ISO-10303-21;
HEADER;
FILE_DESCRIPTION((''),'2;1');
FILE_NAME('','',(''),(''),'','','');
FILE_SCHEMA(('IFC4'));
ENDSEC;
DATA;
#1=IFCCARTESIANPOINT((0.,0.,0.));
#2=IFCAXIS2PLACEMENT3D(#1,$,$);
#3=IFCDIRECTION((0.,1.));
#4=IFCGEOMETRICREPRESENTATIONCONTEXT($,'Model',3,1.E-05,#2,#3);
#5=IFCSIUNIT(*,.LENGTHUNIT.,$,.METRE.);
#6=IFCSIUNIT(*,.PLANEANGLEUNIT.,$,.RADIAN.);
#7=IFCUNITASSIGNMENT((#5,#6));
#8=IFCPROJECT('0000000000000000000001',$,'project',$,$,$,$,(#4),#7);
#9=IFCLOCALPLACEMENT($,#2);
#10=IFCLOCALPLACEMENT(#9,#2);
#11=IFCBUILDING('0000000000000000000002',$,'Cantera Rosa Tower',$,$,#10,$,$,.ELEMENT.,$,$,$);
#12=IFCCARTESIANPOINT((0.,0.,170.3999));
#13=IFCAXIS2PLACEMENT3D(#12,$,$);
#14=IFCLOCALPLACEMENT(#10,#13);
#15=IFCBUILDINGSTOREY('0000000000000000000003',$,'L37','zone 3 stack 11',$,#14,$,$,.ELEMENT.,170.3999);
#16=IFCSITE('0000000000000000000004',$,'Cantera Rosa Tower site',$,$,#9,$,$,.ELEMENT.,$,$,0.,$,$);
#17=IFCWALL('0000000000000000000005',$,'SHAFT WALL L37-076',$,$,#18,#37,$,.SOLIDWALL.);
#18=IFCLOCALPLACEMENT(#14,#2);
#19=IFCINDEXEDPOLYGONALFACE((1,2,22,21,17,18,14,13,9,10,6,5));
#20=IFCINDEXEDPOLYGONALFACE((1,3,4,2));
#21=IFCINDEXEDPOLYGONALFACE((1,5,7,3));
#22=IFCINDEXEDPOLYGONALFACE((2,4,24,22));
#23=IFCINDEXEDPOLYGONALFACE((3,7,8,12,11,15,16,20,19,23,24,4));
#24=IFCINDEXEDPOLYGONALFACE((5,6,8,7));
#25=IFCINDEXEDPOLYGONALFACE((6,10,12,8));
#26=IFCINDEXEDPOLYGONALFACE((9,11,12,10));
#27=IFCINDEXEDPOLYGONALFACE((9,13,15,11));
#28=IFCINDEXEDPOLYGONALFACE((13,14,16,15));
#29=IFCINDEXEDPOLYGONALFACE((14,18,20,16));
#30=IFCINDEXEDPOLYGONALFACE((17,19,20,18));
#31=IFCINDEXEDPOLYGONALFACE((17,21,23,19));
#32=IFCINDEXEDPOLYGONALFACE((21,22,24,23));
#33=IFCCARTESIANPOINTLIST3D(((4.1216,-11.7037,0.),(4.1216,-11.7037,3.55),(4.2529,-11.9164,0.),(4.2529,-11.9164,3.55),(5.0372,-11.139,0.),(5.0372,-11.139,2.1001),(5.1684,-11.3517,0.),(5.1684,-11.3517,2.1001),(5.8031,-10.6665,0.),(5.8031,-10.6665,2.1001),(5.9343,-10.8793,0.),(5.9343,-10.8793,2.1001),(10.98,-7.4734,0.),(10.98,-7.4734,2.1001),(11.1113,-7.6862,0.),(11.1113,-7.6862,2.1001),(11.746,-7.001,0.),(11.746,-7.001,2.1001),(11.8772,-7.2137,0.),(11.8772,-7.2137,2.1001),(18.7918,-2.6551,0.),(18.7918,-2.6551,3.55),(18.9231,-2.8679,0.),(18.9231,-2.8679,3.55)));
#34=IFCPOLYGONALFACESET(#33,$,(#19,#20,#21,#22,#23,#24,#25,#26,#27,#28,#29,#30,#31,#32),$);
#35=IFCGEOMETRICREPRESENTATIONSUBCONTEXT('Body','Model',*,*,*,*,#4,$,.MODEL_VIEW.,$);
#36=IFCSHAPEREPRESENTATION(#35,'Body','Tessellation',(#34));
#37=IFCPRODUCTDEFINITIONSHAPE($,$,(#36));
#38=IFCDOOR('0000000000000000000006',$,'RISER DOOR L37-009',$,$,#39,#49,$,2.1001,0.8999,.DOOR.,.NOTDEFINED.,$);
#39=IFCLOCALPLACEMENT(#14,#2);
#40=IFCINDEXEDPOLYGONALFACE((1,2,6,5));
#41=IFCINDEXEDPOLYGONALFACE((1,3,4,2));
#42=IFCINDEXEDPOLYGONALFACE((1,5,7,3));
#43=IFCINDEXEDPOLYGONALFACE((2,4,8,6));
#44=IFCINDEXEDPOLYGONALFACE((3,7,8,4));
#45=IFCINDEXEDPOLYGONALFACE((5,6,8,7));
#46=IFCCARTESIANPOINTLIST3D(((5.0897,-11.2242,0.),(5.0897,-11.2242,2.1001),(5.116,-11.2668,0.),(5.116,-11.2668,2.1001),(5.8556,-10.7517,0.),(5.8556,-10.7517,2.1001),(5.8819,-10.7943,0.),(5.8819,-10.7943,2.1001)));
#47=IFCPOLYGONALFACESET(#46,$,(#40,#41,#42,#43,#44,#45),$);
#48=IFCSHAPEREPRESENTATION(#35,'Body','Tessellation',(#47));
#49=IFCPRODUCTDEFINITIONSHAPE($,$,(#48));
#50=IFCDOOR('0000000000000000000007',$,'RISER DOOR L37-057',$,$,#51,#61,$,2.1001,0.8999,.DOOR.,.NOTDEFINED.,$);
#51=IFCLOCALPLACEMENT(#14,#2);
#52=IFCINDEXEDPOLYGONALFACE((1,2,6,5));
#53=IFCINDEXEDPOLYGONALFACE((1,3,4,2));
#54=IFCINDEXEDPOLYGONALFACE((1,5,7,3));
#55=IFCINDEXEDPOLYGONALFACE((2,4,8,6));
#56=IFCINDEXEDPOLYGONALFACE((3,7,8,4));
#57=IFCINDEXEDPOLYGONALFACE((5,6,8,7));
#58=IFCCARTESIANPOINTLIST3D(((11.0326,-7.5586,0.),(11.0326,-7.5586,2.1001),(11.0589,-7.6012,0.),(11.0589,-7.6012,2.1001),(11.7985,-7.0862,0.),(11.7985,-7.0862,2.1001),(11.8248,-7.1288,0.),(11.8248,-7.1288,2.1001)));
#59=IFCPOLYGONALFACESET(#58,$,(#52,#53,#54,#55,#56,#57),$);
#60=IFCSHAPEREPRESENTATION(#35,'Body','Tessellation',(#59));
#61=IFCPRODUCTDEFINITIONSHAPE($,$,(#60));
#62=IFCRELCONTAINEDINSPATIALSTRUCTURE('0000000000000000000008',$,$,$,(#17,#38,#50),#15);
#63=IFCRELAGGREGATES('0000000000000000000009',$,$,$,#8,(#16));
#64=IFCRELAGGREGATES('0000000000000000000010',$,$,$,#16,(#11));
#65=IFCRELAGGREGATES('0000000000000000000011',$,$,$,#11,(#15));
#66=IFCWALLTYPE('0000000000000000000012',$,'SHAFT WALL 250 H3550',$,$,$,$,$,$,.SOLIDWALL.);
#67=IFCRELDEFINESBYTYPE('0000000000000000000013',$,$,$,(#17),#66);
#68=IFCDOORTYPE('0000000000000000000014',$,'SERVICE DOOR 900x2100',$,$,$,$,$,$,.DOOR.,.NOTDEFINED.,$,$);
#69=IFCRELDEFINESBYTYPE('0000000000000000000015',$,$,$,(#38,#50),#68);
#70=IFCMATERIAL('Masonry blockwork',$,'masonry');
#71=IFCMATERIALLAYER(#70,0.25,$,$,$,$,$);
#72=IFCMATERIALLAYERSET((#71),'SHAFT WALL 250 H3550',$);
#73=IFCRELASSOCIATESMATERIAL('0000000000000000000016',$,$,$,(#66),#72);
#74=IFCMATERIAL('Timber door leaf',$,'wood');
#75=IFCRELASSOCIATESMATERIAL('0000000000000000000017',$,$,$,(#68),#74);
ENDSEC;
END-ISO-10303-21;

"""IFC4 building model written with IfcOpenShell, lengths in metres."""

from ifc_helpers import new_model, si_unit, direction, frame, frame_2d, origin, place, context, subcontext, project, spatial, rectangle, extrude, material, layer, layer_set, type_object, element, fill, save


model = new_model("IFC4")

# Units and contexts
model_context = context("Model", 3, precision=1e-05, world=origin(), true_north=direction((0.0, 1.0)))
body_context = subcontext(model_context, "Body", "Model", "MODEL_VIEW")
ifc_project = project(units=[si_unit("LENGTHUNIT", "METRE"), si_unit("PLANEANGLEUNIT", "RADIAN")], contexts=[model_context])

# Site, building, storey
site_placement = place(None, origin())
site = spatial("IfcSite", under=ifc_project, at=site_placement, Name="Cantera Rosa Tower site", CompositionType="ELEMENT", RefElevation=0.0)
building_placement = place(site_placement, origin())
building = spatial("IfcBuilding", under=site, at=building_placement, Name="Cantera Rosa Tower", CompositionType="ELEMENT")
storey_placement = place(building_placement, frame((0.0, 0.0, 170.3999)))
storey = spatial("IfcBuildingStorey", under=building, at=storey_placement, Name="L37", Description="zone 3 stack 11", CompositionType="ELEMENT", Elevation=170.3999)

# Shared definitions
ifc_material_1 = material(Name="Masonry blockwork", Category="masonry")
ifc_layer_1 = layer(ifc_material_1, 0.25)
ifc_layer_set_1 = layer_set([ifc_layer_1], Name="SHAFT WALL 250 H3550")
wall_type_1 = type_object("IfcWallType", Name="SHAFT WALL 250 H3550", PredefinedType="SOLIDWALL", material=ifc_layer_set_1)

# Wall, openings, doors
wall_1_placement = place(storey_placement, frame((4.1873, -11.8101, 0.0), z_axis=(0.0, 0.0, 1.0), x_axis=(0.85112, 0.524972, 0.0)))
wall_1 = element("IfcWall", 1, at=wall_1_placement, inside=storey, type_object=wall_type_1, Name="SHAFT WALL L37-076", PredefinedType="SOLIDWALL", context=body_context, shape_type="SweptSolid", body=[
    extrude(rectangle(XDim=17.2363, YDim=0.25, at=frame_2d((8.6182, 0.0))), origin(), (0.0, 0.0, 1.0), 3.55),
])
opening_1_placement = place(wall_1_placement, frame((1.0757, 0.0, 0.0)))
opening_1 = element("IfcOpeningElement", 2, at=opening_1_placement, cuts=wall_1, PredefinedType="OPENING", context=body_context, shape_type="SweptSolid", body=[
    extrude(rectangle(XDim=0.8999, YDim=2.1001, at=frame_2d((0.45, 1.05))), frame((0.0, 0.135, 0.0), z_axis=(0.0, -1.0, 0.0), x_axis=(1.0, 0.0, 0.0)), (0.0, 0.0, 1.0), 0.27),
])
opening_2_placement = place(wall_1_placement, frame((8.0581, 0.0, 0.0)))
opening_2 = element("IfcOpeningElement", 3, at=opening_2_placement, cuts=wall_1, PredefinedType="OPENING", context=body_context, shape_type="SweptSolid", body=[
    extrude(rectangle(XDim=0.8999, YDim=2.1001, at=frame_2d((0.45, 1.05))), frame((0.0, 0.135, 0.0), z_axis=(0.0, -1.0, 0.0), x_axis=(1.0, 0.0, 0.0)), (0.0, 0.0, 1.0), 0.27),
])
ifc_material_2 = material(Name="Timber door leaf", Category="wood")
door_type_1 = type_object("IfcDoorType", Name="SERVICE DOOR 900x2100", OperationType="NOTDEFINED", PredefinedType="DOOR", material=ifc_material_2)
door_1_placement = place(opening_1_placement, origin())
door_1 = element("IfcDoor", 4, at=door_1_placement, inside=storey, type_object=door_type_1, Name="RISER DOOR L37-009", OperationType="NOTDEFINED", OverallHeight=2.1001, OverallWidth=0.8999, PredefinedType="DOOR", context=body_context, shape_type="SweptSolid", body=[
    extrude(rectangle(XDim=0.8999, YDim=2.1001, at=frame_2d((0.45, 1.05))), frame((0.0, 0.0249, 0.0), z_axis=(0.0, -1.0, 0.0), x_axis=(1.0, 0.0, 0.0)), (0.0, 0.0, 1.0), 0.05),
])
fill(opening_1, door_1)
door_2_placement = place(opening_2_placement, origin())
door_2 = element("IfcDoor", 5, at=door_2_placement, inside=storey, type_object=door_type_1, Name="RISER DOOR L37-057", OperationType="NOTDEFINED", OverallHeight=2.1001, OverallWidth=0.8999, PredefinedType="DOOR", context=body_context, shape_type="SweptSolid", body=[
    extrude(rectangle(XDim=0.8999, YDim=2.1001, at=frame_2d((0.45, 1.05))), frame((0.0, 0.0249, 0.0), z_axis=(0.0, -1.0, 0.0), x_axis=(1.0, 0.0, 0.0)), (0.0, 0.0, 1.0), 0.05),
])
fill(opening_2, door_2)

save(model, "model.ifc")
